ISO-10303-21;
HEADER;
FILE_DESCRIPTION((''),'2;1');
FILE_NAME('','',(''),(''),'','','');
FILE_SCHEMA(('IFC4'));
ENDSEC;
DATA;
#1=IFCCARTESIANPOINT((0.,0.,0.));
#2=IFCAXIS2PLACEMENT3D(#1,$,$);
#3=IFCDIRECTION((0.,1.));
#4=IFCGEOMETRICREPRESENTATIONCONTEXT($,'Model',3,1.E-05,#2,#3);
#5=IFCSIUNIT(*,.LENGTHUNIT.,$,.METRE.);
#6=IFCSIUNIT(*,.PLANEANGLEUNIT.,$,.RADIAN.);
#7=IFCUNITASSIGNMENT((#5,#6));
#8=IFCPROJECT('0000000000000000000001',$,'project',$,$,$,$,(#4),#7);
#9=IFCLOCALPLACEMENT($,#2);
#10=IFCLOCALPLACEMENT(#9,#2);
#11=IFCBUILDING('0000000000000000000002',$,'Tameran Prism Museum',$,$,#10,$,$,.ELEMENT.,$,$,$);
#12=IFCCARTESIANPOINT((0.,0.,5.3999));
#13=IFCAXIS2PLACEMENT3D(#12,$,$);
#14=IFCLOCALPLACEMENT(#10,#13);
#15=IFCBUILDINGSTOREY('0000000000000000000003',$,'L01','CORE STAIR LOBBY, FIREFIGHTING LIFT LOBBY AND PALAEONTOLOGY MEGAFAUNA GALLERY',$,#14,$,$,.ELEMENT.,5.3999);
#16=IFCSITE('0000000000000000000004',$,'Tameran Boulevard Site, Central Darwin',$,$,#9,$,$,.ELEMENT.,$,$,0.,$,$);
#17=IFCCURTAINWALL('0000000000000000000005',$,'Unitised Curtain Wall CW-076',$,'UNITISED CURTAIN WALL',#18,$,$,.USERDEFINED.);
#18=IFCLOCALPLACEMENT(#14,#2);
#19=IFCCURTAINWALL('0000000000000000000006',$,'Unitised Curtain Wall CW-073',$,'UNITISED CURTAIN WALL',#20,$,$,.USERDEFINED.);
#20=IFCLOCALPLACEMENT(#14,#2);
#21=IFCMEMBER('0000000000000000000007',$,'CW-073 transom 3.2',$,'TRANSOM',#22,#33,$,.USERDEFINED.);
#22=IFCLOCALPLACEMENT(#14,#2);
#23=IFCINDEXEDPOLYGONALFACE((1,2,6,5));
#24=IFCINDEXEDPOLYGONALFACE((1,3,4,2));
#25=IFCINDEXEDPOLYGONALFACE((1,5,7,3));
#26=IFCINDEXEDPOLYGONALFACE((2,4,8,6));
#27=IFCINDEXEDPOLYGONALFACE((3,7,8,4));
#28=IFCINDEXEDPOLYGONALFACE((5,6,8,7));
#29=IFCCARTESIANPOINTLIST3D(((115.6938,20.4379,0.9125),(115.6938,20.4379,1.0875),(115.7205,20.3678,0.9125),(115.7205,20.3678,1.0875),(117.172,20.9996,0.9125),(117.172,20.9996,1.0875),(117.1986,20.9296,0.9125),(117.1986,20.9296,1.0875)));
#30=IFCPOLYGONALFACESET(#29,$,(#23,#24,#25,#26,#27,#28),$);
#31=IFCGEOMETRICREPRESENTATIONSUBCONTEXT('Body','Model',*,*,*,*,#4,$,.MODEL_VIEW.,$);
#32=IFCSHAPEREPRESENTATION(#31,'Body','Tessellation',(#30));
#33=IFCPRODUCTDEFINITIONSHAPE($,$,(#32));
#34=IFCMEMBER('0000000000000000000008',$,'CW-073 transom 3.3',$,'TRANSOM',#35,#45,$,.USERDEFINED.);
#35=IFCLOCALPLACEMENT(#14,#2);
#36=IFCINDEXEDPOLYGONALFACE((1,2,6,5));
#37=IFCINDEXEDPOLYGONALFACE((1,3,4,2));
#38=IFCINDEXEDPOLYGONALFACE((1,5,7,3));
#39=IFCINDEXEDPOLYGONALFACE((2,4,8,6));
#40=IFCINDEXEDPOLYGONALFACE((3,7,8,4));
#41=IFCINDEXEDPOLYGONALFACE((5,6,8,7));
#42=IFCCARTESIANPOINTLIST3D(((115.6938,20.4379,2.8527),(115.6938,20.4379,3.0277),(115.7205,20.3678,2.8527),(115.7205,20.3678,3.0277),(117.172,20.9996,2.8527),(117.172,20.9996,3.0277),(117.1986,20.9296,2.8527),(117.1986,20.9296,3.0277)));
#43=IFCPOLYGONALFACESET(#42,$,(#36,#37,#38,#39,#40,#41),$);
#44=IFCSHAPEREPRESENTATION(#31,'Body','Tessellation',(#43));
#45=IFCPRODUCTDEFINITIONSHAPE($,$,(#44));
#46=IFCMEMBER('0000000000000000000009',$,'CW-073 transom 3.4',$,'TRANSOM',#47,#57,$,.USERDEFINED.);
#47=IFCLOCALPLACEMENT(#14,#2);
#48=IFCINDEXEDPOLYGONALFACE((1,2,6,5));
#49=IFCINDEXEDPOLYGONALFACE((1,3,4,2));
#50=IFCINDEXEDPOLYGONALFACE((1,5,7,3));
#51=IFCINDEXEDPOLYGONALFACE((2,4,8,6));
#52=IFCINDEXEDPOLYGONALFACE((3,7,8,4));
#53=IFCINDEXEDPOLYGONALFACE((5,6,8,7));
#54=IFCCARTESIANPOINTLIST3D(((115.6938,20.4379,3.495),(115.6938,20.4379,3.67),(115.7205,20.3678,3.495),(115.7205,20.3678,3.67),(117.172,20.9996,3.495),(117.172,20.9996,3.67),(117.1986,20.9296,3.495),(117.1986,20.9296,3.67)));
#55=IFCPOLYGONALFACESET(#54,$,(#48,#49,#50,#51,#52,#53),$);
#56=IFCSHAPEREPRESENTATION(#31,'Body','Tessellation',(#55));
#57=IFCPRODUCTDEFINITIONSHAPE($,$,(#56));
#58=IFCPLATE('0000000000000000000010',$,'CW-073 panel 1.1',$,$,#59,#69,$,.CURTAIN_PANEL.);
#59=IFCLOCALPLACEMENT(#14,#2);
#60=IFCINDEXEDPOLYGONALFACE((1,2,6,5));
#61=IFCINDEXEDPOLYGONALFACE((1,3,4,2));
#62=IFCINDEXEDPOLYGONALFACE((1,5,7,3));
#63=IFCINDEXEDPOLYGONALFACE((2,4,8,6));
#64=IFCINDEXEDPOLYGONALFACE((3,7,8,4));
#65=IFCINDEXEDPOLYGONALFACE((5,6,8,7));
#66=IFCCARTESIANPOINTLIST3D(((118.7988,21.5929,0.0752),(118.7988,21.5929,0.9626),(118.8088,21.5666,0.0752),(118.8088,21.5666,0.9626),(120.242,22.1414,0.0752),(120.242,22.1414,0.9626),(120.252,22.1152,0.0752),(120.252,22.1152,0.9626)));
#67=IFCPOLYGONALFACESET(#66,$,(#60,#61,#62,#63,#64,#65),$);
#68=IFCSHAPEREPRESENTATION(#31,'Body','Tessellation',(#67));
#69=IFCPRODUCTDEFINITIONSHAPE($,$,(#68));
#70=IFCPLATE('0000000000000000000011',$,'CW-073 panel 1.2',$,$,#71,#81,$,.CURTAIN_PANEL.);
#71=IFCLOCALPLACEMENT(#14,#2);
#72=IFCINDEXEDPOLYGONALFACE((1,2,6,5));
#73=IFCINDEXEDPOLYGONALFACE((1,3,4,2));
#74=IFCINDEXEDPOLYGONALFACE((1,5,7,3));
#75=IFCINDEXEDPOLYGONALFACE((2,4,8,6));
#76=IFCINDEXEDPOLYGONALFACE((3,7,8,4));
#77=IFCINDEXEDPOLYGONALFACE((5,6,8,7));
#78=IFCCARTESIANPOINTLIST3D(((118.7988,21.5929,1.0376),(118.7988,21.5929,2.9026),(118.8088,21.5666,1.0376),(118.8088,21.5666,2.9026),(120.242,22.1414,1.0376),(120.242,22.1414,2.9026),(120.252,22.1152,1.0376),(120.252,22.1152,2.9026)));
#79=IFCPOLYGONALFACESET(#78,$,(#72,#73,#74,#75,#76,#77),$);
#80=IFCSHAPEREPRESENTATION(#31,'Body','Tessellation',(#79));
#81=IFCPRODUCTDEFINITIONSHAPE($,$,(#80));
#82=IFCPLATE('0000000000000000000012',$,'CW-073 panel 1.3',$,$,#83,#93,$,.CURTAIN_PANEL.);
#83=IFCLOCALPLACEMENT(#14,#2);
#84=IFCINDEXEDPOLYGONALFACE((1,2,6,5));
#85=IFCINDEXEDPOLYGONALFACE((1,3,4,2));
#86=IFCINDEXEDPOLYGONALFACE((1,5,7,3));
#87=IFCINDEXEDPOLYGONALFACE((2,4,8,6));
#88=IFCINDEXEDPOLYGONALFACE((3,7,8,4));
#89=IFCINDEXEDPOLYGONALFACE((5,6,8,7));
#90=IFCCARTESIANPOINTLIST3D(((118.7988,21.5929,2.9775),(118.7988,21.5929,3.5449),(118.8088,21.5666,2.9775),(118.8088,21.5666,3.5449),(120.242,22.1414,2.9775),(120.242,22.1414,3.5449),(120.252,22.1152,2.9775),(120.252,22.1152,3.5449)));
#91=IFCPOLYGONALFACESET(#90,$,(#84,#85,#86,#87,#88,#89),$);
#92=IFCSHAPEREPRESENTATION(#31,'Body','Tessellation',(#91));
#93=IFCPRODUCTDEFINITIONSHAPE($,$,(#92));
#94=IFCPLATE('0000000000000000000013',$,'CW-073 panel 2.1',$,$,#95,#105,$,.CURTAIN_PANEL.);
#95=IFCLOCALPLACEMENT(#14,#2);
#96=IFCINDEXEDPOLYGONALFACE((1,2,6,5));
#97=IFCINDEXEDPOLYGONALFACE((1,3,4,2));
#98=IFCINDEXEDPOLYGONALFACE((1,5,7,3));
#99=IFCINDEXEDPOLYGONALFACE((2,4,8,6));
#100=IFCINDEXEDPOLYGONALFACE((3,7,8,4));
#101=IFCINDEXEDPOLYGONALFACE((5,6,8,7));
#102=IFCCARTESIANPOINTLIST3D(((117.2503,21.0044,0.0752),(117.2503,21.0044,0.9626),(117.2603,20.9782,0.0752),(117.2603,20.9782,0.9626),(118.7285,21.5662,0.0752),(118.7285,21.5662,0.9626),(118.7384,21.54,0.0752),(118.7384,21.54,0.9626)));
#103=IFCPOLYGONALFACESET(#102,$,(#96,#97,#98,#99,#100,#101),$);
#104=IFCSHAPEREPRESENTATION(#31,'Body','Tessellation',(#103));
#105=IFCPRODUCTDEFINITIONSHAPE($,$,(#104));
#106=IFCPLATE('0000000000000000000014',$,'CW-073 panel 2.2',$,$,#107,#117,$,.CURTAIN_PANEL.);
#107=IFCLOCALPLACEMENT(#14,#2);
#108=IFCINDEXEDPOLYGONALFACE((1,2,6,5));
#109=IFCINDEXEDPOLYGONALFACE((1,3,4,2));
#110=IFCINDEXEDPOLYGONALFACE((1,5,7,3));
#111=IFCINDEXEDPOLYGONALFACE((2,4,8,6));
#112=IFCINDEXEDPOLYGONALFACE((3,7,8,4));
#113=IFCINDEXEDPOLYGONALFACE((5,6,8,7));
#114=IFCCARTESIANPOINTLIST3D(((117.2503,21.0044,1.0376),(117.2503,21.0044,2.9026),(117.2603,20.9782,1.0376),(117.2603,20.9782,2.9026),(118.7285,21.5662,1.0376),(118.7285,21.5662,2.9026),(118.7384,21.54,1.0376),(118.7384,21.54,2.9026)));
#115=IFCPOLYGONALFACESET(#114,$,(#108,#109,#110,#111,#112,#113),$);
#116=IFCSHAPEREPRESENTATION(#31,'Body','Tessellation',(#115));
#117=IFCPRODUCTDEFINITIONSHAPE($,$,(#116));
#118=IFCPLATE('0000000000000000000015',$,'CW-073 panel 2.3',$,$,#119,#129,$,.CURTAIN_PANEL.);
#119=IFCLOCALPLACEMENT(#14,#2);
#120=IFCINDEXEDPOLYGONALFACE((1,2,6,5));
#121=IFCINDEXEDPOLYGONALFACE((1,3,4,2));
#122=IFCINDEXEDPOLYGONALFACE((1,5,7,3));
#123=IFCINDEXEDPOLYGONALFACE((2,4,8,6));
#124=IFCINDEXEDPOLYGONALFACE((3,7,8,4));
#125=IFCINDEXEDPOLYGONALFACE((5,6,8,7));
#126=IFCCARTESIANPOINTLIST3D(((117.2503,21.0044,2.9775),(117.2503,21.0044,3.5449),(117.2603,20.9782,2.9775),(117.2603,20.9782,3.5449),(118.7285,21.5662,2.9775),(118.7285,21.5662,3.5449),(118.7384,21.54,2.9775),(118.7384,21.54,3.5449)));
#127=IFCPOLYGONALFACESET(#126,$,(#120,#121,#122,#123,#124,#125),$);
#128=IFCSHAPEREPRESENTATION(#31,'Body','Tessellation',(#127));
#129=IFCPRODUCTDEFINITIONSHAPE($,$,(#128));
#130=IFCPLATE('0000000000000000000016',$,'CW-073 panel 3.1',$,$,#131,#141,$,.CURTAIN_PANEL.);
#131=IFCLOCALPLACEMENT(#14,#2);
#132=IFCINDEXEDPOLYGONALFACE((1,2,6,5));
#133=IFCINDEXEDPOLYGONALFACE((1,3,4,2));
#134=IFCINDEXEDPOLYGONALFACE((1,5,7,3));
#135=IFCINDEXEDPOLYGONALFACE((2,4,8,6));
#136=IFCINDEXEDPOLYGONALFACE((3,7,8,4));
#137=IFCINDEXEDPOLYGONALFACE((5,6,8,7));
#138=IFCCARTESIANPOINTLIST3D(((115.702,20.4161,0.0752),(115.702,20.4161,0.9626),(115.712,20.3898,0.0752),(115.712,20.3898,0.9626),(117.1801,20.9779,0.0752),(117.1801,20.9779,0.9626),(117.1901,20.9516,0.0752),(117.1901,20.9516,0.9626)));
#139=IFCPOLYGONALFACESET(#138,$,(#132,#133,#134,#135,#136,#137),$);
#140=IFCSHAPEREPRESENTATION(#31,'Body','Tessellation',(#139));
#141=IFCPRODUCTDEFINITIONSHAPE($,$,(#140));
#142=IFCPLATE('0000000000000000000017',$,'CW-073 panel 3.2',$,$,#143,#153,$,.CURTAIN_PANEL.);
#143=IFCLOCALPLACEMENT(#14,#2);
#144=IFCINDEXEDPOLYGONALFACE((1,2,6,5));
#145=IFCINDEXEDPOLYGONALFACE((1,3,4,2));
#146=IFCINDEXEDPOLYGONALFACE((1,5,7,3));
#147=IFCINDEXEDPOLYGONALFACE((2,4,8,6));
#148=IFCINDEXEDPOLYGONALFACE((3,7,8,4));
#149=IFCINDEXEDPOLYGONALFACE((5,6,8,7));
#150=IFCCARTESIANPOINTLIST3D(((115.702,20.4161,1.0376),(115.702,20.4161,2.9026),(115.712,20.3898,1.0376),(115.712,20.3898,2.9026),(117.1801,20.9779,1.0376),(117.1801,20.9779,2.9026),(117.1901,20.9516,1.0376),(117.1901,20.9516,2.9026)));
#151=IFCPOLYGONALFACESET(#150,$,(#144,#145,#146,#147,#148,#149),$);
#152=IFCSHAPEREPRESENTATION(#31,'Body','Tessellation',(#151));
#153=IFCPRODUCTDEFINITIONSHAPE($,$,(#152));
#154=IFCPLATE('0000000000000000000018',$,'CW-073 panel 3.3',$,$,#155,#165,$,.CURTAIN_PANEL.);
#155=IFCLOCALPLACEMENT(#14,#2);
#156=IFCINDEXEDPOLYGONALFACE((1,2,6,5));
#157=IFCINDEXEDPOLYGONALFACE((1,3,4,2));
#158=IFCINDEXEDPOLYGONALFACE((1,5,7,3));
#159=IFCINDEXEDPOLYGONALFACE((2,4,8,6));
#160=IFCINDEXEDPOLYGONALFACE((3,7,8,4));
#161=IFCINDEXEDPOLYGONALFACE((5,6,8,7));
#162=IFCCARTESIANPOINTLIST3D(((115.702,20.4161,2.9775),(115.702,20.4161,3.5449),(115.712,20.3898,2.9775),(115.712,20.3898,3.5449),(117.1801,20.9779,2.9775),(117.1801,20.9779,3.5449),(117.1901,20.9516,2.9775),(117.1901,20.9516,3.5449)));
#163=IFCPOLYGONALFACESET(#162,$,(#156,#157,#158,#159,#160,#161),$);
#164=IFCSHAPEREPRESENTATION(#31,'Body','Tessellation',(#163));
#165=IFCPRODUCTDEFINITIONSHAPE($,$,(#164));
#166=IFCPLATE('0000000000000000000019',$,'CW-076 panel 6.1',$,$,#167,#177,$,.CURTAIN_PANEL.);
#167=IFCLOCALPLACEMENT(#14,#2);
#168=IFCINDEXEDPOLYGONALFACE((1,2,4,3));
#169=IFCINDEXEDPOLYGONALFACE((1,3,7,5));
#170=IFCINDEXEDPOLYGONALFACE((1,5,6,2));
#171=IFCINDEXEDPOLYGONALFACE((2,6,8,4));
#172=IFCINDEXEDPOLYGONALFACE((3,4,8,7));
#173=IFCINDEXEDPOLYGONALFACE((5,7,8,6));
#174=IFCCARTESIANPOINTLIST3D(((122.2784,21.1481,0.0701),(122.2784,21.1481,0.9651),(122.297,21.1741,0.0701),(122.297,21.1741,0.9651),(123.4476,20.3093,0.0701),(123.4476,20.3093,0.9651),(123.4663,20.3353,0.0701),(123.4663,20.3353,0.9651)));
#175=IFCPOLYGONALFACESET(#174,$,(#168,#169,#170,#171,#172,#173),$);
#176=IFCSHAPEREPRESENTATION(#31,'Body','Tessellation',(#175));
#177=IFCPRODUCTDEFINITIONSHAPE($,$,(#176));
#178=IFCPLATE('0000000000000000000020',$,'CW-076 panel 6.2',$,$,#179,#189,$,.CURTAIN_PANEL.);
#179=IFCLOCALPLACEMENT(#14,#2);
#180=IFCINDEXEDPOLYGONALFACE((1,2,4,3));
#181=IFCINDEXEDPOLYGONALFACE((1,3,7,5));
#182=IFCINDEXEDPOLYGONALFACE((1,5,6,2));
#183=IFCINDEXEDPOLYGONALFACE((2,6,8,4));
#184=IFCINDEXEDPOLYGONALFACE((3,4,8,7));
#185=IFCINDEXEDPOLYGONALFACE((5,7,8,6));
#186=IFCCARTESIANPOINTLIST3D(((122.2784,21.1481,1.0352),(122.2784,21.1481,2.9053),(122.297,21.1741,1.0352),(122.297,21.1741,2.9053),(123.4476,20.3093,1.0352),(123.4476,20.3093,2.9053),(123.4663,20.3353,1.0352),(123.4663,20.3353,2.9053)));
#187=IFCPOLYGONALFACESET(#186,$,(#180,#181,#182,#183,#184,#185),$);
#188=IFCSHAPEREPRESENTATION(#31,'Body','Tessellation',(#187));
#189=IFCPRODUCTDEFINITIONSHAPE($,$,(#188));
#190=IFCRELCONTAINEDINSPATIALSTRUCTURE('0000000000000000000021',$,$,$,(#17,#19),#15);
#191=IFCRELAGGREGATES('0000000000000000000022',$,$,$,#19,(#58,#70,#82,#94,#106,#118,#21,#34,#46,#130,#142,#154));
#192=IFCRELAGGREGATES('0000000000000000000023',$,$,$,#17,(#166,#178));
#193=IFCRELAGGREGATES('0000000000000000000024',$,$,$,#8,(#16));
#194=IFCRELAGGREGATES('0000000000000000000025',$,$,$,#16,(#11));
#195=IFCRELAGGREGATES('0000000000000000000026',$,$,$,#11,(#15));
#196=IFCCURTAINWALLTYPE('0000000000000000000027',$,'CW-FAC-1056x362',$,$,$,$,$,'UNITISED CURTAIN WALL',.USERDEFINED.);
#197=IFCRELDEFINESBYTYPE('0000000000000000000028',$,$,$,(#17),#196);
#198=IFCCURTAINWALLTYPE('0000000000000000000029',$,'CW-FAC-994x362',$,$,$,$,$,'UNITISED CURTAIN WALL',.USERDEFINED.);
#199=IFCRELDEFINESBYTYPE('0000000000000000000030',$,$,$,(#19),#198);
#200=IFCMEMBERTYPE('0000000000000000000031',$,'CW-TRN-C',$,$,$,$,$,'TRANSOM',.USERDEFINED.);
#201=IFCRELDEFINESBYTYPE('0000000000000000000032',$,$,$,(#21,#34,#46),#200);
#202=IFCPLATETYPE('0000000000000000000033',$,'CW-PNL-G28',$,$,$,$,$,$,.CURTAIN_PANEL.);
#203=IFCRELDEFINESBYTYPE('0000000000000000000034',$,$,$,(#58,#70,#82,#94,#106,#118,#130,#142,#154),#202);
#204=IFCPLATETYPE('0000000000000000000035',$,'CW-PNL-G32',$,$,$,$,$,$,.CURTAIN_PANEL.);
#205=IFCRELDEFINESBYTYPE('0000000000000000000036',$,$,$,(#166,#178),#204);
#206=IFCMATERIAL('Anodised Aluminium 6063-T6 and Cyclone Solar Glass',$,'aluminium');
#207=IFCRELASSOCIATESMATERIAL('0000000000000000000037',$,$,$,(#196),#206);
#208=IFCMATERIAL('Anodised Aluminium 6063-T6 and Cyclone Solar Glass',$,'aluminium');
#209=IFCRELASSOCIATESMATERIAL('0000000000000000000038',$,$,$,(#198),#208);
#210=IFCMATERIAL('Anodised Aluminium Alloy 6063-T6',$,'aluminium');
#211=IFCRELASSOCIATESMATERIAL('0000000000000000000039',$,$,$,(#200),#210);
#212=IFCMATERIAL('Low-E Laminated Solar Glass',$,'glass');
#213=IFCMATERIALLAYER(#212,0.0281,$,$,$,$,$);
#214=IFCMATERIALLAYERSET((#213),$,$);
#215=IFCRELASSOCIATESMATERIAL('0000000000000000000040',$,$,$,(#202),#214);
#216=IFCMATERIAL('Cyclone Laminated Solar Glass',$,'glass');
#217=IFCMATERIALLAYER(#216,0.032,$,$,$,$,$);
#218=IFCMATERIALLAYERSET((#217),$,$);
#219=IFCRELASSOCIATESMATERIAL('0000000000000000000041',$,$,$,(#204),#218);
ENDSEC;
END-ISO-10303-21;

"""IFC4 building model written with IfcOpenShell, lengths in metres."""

from ifc_helpers import new_model, si_unit, direction, frame, origin, origin_2d, place, context, subcontext, project, spatial, rectangle, extrude, material, layer, layer_set, material_profile, profile_set, type_object, element, aggregate, save


model = new_model("IFC4")

# Units and contexts
model_context = context("Model", 3, precision=1e-05, world=origin(), true_north=direction((0.0, 1.0)))
body_context = subcontext(model_context, "Body", "Model", "MODEL_VIEW")
ifc_project = project(units=[si_unit("LENGTHUNIT", "METRE"), si_unit("PLANEANGLEUNIT", "RADIAN")], contexts=[model_context])

# Site, building, storey
site_placement = place(None, origin())
site = spatial("IfcSite", under=ifc_project, at=site_placement, Name="Tameran Boulevard Site, Central Darwin", CompositionType="ELEMENT", RefElevation=0.0)
building_placement = place(site_placement, origin())
building = spatial("IfcBuilding", under=site, at=building_placement, Name="Tameran Prism Museum", CompositionType="ELEMENT")
storey_placement = place(building_placement, frame((0.0, 0.0, 5.3999)))
storey = spatial("IfcBuildingStorey", under=building, at=storey_placement, Name="L01", Description="CORE STAIR LOBBY, FIREFIGHTING LIFT LOBBY AND PALAEONTOLOGY MEGAFAUNA GALLERY", CompositionType="ELEMENT", Elevation=5.3999)

# Curtain walls
ifc_material_1 = material(Name="Anodised Aluminium 6063-T6 and Cyclone Solar Glass", Category="aluminium")
curtain_wall_type_1 = type_object("IfcCurtainWallType", Name="CW-FAC-1056x362", ElementType="UNITISED CURTAIN WALL", PredefinedType="USERDEFINED", material=ifc_material_1)
curtain_wall_1_placement = place(storey_placement, origin())
curtain_wall_1 = element("IfcCurtainWall", 1, at=curtain_wall_1_placement, inside=storey, type_object=curtain_wall_type_1, Name="Unitised Curtain Wall CW-076", ObjectType="UNITISED CURTAIN WALL", PredefinedType="USERDEFINED")
ifc_material_2 = material(Name="Anodised Aluminium 6063-T6 and Cyclone Solar Glass", Category="aluminium")
curtain_wall_type_2 = type_object("IfcCurtainWallType", Name="CW-FAC-994x362", ElementType="UNITISED CURTAIN WALL", PredefinedType="USERDEFINED", material=ifc_material_2)
curtain_wall_2_placement = place(storey_placement, origin())
curtain_wall_2 = element("IfcCurtainWall", 2, at=curtain_wall_2_placement, inside=storey, type_object=curtain_wall_type_2, Name="Unitised Curtain Wall CW-073", ObjectType="UNITISED CURTAIN WALL", PredefinedType="USERDEFINED")

# Members
ifc_material_3 = material(Name="Anodised Aluminium Alloy 6063-T6", Category="aluminium")
ifc_material_profile_1 = material_profile(ifc_material_3, rectangle(XDim=0.075, YDim=0.175, at=origin_2d()))
ifc_profile_set_1 = profile_set([ifc_material_profile_1])
member_type_1 = type_object("IfcMemberType", Name="CW-TRN-C", ElementType="TRANSOM", PredefinedType="USERDEFINED", material=ifc_profile_set_1)
member_1_placement = place(storey_placement, frame((117.1853, 20.9646, 1.0), z_axis=(-0.934778, -0.355231, 0.0), x_axis=(0.355231, -0.934778, 0.0)))
member_1 = element("IfcMember", 3, at=member_1_placement, type_object=member_type_1, Name="CW-073 transom 3.2", ObjectType="TRANSOM", PredefinedType="USERDEFINED", context=body_context, shape_type="SweptSolid", body=[
    extrude(rectangle(XDim=0.075, YDim=0.175, at=origin_2d()), origin(), (0.0, 0.0, 1.0), 1.5813),
])
member_2_placement = place(storey_placement, frame((117.1853, 20.9646, 2.9402), z_axis=(-0.934778, -0.355231, 0.0), x_axis=(0.355231, -0.934778, 0.0)))
member_2 = element("IfcMember", 4, at=member_2_placement, type_object=member_type_1, Name="CW-073 transom 3.3", ObjectType="TRANSOM", PredefinedType="USERDEFINED", context=body_context, shape_type="SweptSolid", body=[
    extrude(rectangle(XDim=0.075, YDim=0.175, at=origin_2d()), origin(), (0.0, 0.0, 1.0), 1.5813),
])
member_3_placement = place(storey_placement, frame((117.1853, 20.9646, 3.5825), z_axis=(-0.934778, -0.355231, 0.0), x_axis=(0.355231, -0.934778, 0.0)))
member_3 = element("IfcMember", 5, at=member_3_placement, type_object=member_type_1, Name="CW-073 transom 3.4", ObjectType="TRANSOM", PredefinedType="USERDEFINED", context=body_context, shape_type="SweptSolid", body=[
    extrude(rectangle(XDim=0.075, YDim=0.175, at=origin_2d()), origin(), (0.0, 0.0, 1.0), 1.5813),
])

# Plates
ifc_material_4 = material(Name="Low-E Laminated Solar Glass", Category="glass")
ifc_layer_1 = layer(ifc_material_4, 0.0281)
ifc_layer_set_1 = layer_set([ifc_layer_1])
plate_type_1 = type_object("IfcPlateType", Name="CW-PNL-G28", PredefinedType="CURTAIN_PANEL", material=ifc_layer_set_1)
plate_1_placement = place(storey_placement, frame((119.5254, 21.854, 0.0752), z_axis=(0.0, 0.0, 1.0), x_axis=(-0.934757, -0.355288, 0.0)))
plate_1 = element("IfcPlate", 6, at=plate_1_placement, type_object=plate_type_1, Name="CW-073 panel 1.1", PredefinedType="CURTAIN_PANEL", context=body_context, shape_type="SweptSolid", body=[
    extrude(rectangle(XDim=1.5439, YDim=0.0281, at=origin_2d()), origin(), (0.0, 0.0, 1.0), 0.8875),
])
plate_2_placement = place(storey_placement, frame((119.5254, 21.854, 1.0376), z_axis=(0.0, 0.0, 1.0), x_axis=(-0.934757, -0.355288, 0.0)))
plate_2 = element("IfcPlate", 7, at=plate_2_placement, type_object=plate_type_1, Name="CW-073 panel 1.2", PredefinedType="CURTAIN_PANEL", context=body_context, shape_type="SweptSolid", body=[
    extrude(rectangle(XDim=1.5439, YDim=0.0281, at=origin_2d()), origin(), (0.0, 0.0, 1.0), 1.865),
])
plate_3_placement = place(storey_placement, frame((119.5254, 21.854, 2.9775), z_axis=(0.0, 0.0, 1.0), x_axis=(-0.934757, -0.355288, 0.0)))
plate_3 = element("IfcPlate", 8, at=plate_3_placement, type_object=plate_type_1, Name="CW-073 panel 1.3", PredefinedType="CURTAIN_PANEL", context=body_context, shape_type="SweptSolid", body=[
    extrude(rectangle(XDim=1.5439, YDim=0.0281, at=origin_2d()), origin(), (0.0, 0.0, 1.0), 0.5674),
])
plate_4_placement = place(storey_placement, frame((117.9944, 21.2722, 0.0752), z_axis=(0.0, 0.0, 1.0), x_axis=(-0.934757, -0.355288, 0.0)))
plate_4 = element("IfcPlate", 9, at=plate_4_placement, type_object=plate_type_1, Name="CW-073 panel 2.1", PredefinedType="CURTAIN_PANEL", context=body_context, shape_type="SweptSolid", body=[
    extrude(rectangle(XDim=1.5813, YDim=0.0281, at=origin_2d()), origin(), (0.0, 0.0, 1.0), 0.8875),
])
plate_5_placement = place(storey_placement, frame((117.9944, 21.2722, 1.0376), z_axis=(0.0, 0.0, 1.0), x_axis=(-0.934757, -0.355288, 0.0)))
plate_5 = element("IfcPlate", 10, at=plate_5_placement, type_object=plate_type_1, Name="CW-073 panel 2.2", PredefinedType="CURTAIN_PANEL", context=body_context, shape_type="SweptSolid", body=[
    extrude(rectangle(XDim=1.5813, YDim=0.0281, at=origin_2d()), origin(), (0.0, 0.0, 1.0), 1.865),
])
plate_6_placement = place(storey_placement, frame((117.9944, 21.2722, 2.9775), z_axis=(0.0, 0.0, 1.0), x_axis=(-0.934757, -0.355288, 0.0)))
plate_6 = element("IfcPlate", 11, at=plate_6_placement, type_object=plate_type_1, Name="CW-073 panel 2.3", PredefinedType="CURTAIN_PANEL", context=body_context, shape_type="SweptSolid", body=[
    extrude(rectangle(XDim=1.5813, YDim=0.0281, at=origin_2d()), origin(), (0.0, 0.0, 1.0), 0.5674),
])
plate_7_placement = place(storey_placement, frame((116.446, 20.6838, 0.0752), z_axis=(0.0, 0.0, 1.0), x_axis=(-0.934757, -0.355288, 0.0)))
plate_7 = element("IfcPlate", 12, at=plate_7_placement, type_object=plate_type_1, Name="CW-073 panel 3.1", PredefinedType="CURTAIN_PANEL", context=body_context, shape_type="SweptSolid", body=[
    extrude(rectangle(XDim=1.5813, YDim=0.0281, at=origin_2d()), origin(), (0.0, 0.0, 1.0), 0.8875),
])
plate_8_placement = place(storey_placement, frame((116.446, 20.6838, 1.0376), z_axis=(0.0, 0.0, 1.0), x_axis=(-0.934757, -0.355288, 0.0)))
plate_8 = element("IfcPlate", 13, at=plate_8_placement, type_object=plate_type_1, Name="CW-073 panel 3.2", PredefinedType="CURTAIN_PANEL", context=body_context, shape_type="SweptSolid", body=[
    extrude(rectangle(XDim=1.5813, YDim=0.0281, at=origin_2d()), origin(), (0.0, 0.0, 1.0), 1.865),
])
plate_9_placement = place(storey_placement, frame((116.446, 20.6838, 2.9775), z_axis=(0.0, 0.0, 1.0), x_axis=(-0.934757, -0.355288, 0.0)))
plate_9 = element("IfcPlate", 14, at=plate_9_placement, type_object=plate_type_1, Name="CW-073 panel 3.3", PredefinedType="CURTAIN_PANEL", context=body_context, shape_type="SweptSolid", body=[
    extrude(rectangle(XDim=1.5813, YDim=0.0281, at=origin_2d()), origin(), (0.0, 0.0, 1.0), 0.5674),
])
aggregate(curtain_wall_2, [plate_1, plate_2, plate_3, plate_4, plate_5, plate_6, member_1, member_2, member_3, plate_7, plate_8, plate_9])
ifc_material_5 = material(Name="Cyclone Laminated Solar Glass", Category="glass")
ifc_layer_2 = layer(ifc_material_5, 0.032)
ifc_layer_set_2 = layer_set([ifc_layer_2])
plate_type_2 = type_object("IfcPlateType", Name="CW-PNL-G32", PredefinedType="CURTAIN_PANEL", material=ifc_layer_set_2)
plate_10_placement = place(storey_placement, frame((122.8723, 20.7417, 0.0701), z_axis=(0.0, 0.0, 1.0), x_axis=(-0.812555, 0.582885, 0.0)))
plate_10 = element("IfcPlate", 15, at=plate_10_placement, type_object=plate_type_2, Name="CW-076 panel 6.1", PredefinedType="CURTAIN_PANEL", context=body_context, shape_type="SweptSolid", body=[
    extrude(rectangle(XDim=1.439, YDim=0.032, at=origin_2d()), origin(), (0.0, 0.0, 1.0), 0.895),
])
plate_11_placement = place(storey_placement, frame((122.8723, 20.7417, 1.0352), z_axis=(0.0, 0.0, 1.0), x_axis=(-0.812555, 0.582885, 0.0)))
plate_11 = element("IfcPlate", 16, at=plate_11_placement, type_object=plate_type_2, Name="CW-076 panel 6.2", PredefinedType="CURTAIN_PANEL", context=body_context, shape_type="SweptSolid", body=[
    extrude(rectangle(XDim=1.439, YDim=0.032, at=origin_2d()), origin(), (0.0, 0.0, 1.0), 1.8701),
])
aggregate(curtain_wall_1, [plate_10, plate_11])

save(model, "model.ifc")
